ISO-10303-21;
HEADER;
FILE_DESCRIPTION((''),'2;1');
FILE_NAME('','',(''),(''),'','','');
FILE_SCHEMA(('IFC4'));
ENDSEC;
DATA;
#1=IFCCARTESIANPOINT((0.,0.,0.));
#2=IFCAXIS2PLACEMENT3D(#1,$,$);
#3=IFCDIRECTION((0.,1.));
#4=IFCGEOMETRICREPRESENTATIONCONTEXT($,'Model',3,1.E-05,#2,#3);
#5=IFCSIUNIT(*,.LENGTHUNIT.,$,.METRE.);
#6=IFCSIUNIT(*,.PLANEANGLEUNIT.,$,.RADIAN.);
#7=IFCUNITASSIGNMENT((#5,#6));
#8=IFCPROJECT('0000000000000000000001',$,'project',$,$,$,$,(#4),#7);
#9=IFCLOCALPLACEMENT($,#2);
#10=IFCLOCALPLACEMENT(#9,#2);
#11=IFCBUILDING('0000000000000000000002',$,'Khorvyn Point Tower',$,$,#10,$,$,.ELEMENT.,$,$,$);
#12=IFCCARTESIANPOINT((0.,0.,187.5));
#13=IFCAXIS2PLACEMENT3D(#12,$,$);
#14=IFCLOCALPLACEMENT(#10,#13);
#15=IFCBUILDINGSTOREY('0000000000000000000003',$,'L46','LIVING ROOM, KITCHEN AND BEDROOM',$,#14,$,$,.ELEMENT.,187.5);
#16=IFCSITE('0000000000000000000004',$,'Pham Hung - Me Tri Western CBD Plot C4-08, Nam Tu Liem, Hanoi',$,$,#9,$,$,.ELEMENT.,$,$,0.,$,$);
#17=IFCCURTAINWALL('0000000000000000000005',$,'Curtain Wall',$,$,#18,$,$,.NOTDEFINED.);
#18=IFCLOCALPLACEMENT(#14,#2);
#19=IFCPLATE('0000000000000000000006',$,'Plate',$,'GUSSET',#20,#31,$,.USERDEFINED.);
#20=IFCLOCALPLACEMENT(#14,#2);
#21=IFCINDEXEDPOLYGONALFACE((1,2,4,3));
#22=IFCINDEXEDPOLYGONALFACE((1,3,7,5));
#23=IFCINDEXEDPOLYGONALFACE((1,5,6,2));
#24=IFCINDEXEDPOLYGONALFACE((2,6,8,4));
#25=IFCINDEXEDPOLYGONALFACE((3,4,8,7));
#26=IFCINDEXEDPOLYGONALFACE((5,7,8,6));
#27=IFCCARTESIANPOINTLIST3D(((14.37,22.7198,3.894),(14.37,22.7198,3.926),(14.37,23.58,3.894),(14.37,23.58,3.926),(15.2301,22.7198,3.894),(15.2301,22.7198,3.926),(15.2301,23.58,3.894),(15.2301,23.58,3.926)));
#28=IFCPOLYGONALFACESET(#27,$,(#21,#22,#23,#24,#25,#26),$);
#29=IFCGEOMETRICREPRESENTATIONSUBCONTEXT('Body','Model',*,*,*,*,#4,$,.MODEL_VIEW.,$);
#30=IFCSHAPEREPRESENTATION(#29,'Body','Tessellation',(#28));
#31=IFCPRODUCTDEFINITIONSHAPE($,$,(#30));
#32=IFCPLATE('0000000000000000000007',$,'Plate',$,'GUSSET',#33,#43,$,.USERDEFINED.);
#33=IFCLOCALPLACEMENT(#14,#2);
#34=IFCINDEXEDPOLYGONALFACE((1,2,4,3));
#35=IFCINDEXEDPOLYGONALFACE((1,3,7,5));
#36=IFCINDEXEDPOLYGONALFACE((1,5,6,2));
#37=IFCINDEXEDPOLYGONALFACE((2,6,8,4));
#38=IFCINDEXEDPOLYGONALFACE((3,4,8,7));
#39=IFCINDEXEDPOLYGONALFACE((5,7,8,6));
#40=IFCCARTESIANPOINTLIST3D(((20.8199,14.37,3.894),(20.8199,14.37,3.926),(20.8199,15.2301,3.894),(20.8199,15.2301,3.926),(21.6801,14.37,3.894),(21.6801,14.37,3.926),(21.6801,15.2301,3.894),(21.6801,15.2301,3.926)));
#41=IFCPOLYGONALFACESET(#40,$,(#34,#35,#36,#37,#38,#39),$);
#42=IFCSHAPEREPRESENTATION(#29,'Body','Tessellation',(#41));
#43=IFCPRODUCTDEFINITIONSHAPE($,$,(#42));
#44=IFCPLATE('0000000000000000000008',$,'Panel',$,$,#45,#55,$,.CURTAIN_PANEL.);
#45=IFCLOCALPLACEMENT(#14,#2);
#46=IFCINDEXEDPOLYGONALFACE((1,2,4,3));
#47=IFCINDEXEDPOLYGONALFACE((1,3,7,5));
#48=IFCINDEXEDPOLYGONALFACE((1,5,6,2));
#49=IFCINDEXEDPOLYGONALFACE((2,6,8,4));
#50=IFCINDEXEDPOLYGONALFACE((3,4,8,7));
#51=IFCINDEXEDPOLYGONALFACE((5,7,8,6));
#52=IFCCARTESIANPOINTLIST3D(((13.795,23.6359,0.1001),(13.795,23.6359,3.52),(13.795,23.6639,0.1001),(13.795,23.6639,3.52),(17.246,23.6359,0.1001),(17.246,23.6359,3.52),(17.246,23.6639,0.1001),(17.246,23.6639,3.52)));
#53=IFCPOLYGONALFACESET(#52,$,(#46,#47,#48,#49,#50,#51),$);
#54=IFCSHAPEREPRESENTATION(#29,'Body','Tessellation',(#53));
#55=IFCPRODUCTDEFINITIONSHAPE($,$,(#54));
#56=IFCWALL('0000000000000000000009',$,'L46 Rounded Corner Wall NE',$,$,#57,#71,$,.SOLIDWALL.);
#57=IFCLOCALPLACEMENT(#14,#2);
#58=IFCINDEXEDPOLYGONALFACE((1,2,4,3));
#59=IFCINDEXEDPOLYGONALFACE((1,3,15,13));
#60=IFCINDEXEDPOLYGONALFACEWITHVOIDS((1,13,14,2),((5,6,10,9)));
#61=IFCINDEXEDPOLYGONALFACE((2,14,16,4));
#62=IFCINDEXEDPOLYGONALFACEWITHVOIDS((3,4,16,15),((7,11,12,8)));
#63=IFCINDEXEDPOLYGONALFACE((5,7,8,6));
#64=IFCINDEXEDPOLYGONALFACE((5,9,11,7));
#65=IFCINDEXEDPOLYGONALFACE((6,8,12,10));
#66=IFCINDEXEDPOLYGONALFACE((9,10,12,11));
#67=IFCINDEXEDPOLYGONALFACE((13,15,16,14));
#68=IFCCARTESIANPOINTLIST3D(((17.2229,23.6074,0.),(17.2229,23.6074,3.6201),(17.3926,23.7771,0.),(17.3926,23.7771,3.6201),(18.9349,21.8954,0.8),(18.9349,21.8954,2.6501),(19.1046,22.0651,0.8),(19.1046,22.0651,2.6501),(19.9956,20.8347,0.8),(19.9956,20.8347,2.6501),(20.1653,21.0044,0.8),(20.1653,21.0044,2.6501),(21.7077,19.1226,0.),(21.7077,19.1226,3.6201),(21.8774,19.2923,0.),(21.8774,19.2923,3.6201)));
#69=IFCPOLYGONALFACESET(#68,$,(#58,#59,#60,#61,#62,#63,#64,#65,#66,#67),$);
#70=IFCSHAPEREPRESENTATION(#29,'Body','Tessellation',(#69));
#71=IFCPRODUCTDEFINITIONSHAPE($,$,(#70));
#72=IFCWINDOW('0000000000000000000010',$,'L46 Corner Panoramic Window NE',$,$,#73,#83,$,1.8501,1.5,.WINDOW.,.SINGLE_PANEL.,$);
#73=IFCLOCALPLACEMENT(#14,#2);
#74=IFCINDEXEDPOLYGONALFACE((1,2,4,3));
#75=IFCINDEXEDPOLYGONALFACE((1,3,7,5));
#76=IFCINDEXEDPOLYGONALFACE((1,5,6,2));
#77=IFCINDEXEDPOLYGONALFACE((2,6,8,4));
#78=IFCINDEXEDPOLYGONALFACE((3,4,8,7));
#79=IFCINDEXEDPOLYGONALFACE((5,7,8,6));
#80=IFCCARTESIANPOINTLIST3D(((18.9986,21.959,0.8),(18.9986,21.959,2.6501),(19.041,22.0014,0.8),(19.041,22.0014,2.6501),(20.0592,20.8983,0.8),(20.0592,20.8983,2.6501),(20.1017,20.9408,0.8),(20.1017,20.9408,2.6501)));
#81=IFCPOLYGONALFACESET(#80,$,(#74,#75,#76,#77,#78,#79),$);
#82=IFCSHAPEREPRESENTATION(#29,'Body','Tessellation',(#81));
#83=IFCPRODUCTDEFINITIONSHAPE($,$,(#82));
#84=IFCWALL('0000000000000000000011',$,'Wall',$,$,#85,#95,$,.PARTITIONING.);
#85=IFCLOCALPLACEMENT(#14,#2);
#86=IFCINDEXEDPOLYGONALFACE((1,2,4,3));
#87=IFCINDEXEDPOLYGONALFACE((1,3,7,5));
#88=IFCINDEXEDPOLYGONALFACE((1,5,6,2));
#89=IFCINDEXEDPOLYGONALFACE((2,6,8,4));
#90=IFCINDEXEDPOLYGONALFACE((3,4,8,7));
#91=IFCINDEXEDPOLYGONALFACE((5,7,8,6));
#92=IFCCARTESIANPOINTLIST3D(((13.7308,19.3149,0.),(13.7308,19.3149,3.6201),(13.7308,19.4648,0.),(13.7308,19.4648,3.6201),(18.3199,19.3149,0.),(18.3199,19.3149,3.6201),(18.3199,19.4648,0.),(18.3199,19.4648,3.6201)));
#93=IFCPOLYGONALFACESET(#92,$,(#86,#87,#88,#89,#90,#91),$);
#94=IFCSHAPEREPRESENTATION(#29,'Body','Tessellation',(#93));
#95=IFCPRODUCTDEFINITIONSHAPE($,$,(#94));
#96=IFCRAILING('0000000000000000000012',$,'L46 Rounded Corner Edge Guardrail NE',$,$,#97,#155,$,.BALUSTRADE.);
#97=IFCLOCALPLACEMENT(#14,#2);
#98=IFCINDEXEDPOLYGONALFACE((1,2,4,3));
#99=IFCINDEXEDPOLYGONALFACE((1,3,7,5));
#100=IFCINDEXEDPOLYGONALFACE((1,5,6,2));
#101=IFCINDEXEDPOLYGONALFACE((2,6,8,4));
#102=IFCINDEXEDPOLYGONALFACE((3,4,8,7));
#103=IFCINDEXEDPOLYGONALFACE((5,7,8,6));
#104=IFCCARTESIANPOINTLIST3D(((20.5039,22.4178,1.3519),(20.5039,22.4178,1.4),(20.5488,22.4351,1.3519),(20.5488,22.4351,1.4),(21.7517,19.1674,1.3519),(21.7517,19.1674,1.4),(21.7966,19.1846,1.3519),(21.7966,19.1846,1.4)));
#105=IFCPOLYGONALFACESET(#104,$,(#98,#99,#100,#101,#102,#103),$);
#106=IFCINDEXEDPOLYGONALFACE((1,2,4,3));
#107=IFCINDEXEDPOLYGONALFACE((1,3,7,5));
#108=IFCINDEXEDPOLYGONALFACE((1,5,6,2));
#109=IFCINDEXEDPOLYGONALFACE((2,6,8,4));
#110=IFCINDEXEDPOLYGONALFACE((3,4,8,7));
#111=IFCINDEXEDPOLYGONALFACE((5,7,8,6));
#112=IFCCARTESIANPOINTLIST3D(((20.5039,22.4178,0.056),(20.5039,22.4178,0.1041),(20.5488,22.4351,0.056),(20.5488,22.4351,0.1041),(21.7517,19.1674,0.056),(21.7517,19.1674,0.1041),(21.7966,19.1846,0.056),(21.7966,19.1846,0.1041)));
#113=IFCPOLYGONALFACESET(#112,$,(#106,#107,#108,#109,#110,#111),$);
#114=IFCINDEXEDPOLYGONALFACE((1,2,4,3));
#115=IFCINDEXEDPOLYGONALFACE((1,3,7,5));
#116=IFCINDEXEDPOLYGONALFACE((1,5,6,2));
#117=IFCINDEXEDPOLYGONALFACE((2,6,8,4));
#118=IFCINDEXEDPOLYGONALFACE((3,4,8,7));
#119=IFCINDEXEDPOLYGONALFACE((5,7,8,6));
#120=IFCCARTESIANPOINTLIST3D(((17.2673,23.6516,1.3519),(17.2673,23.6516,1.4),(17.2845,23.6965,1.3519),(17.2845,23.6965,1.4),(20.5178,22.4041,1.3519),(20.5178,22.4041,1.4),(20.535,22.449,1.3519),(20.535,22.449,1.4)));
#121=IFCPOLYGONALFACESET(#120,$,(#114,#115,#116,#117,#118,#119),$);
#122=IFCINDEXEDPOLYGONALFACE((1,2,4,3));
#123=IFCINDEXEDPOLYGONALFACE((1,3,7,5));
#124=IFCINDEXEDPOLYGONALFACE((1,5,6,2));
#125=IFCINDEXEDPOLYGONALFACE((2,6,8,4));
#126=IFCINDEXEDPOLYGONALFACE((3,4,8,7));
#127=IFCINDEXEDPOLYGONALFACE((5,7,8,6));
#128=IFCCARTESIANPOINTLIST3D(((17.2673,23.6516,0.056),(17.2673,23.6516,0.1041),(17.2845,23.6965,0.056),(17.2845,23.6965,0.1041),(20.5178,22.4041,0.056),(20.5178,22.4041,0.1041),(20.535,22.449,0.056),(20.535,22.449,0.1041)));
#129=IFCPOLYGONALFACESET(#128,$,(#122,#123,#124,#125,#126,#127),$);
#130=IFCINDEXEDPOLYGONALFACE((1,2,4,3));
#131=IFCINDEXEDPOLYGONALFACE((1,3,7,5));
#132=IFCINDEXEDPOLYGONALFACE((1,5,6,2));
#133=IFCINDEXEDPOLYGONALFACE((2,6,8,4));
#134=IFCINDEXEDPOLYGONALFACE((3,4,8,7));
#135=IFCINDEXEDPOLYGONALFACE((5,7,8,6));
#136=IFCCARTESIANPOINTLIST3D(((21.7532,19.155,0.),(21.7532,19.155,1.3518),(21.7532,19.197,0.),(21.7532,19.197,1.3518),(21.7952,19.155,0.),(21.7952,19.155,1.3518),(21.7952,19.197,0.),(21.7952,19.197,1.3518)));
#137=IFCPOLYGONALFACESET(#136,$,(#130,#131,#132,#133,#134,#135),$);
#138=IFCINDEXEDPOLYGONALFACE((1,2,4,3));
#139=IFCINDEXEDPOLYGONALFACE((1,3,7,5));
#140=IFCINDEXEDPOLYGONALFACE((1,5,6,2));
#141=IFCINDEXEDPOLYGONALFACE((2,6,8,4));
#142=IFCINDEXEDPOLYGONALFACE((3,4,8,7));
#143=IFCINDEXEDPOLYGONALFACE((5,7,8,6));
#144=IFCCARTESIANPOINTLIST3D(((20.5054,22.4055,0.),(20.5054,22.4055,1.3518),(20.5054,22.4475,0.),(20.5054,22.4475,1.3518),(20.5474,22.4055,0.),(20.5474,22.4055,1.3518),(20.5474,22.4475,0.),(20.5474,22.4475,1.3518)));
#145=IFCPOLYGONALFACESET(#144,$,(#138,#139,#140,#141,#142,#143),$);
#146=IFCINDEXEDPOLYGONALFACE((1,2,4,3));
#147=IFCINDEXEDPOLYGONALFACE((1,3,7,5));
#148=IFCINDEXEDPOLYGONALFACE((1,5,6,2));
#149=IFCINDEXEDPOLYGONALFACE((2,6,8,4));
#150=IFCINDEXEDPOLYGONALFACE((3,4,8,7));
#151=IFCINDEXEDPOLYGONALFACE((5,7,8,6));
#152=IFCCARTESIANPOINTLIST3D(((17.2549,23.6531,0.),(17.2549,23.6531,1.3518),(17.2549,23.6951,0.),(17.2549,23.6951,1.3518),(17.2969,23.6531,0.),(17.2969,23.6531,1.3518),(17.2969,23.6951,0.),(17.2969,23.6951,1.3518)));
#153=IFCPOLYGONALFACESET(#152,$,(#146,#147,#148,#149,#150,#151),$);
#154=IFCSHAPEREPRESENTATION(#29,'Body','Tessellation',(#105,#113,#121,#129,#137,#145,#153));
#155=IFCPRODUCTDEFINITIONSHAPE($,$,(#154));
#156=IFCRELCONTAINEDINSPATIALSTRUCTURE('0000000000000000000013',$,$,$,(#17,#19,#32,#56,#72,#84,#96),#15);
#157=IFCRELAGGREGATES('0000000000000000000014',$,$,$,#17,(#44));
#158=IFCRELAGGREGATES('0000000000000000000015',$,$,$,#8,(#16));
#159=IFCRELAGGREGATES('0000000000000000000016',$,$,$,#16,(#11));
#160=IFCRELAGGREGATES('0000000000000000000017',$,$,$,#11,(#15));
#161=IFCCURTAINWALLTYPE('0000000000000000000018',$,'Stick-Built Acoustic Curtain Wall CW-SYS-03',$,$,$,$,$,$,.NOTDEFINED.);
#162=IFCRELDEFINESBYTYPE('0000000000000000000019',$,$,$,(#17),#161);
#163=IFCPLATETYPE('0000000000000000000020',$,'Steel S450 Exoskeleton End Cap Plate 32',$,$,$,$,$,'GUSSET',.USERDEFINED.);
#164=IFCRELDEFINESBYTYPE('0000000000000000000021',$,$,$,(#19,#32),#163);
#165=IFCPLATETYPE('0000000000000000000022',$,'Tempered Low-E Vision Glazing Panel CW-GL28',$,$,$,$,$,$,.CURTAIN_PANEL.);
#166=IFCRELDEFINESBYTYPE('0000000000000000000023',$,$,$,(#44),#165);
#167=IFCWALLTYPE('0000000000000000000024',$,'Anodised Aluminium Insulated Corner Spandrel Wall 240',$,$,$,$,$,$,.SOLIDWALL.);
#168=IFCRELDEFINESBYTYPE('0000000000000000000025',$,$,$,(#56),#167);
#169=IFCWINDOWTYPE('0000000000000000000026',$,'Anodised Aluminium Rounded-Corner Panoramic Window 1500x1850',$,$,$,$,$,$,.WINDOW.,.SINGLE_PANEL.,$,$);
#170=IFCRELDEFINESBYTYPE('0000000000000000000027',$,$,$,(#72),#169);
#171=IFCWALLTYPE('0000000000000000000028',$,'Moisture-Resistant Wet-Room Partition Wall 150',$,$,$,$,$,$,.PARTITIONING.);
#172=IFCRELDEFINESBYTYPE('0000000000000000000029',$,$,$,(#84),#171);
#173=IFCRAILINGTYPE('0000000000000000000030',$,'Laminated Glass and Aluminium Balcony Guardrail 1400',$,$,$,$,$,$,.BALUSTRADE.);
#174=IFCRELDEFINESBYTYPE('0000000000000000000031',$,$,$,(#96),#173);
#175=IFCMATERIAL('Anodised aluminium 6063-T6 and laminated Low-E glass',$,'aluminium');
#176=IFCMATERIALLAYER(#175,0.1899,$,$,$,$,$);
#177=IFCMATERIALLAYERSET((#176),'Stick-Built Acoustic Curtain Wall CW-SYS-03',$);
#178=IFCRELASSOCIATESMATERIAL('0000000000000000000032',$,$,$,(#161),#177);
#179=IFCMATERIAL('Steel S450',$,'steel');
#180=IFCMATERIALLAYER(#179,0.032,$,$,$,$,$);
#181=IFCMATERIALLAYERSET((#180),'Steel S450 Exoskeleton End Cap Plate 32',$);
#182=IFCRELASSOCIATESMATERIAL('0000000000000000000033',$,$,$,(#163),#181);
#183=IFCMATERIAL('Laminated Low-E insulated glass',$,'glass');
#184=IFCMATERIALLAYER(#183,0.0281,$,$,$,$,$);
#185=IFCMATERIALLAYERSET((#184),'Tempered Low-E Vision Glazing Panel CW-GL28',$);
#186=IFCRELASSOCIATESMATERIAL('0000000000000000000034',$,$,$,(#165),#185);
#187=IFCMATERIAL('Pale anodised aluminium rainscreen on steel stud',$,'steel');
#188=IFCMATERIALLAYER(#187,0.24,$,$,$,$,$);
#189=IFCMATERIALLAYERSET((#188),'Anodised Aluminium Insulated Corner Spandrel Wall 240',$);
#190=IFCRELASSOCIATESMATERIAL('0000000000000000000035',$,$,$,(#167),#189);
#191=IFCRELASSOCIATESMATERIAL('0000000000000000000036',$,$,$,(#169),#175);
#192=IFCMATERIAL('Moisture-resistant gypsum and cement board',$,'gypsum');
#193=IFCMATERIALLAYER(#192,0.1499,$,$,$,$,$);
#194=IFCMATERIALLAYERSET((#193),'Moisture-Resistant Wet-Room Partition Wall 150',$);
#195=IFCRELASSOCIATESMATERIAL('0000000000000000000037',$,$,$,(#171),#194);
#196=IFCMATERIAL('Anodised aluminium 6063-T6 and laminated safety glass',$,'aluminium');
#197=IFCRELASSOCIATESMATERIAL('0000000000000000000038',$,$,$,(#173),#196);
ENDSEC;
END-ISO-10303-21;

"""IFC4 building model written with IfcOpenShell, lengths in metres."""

from ifc_helpers import new_model, si_unit, direction, frame, frame_2d, origin, origin_2d, place, context, subcontext, project, spatial, rectangle, extrude, material, layer, layer_set, type_object, element, fill, aggregate, save


model = new_model("IFC4")

# Units and contexts
model_context = context("Model", 3, precision=1e-05, world=origin(), true_north=direction((0.0, 1.0)))
body_context = subcontext(model_context, "Body", "Model", "MODEL_VIEW")
ifc_project = project(units=[si_unit("LENGTHUNIT", "METRE"), si_unit("PLANEANGLEUNIT", "RADIAN")], contexts=[model_context])

# Site, building, storey
site_placement = place(None, origin())
site = spatial("IfcSite", under=ifc_project, at=site_placement, Name="Pham Hung - Me Tri Western CBD Plot C4-08, Nam Tu Liem, Hanoi", CompositionType="ELEMENT", RefElevation=0.0)
building_placement = place(site_placement, origin())
building = spatial("IfcBuilding", under=site, at=building_placement, Name="Khorvyn Point Tower", CompositionType="ELEMENT")
storey_placement = place(building_placement, frame((0.0, 0.0, 187.5)))
storey = spatial("IfcBuildingStorey", under=building, at=storey_placement, Name="L46", Description="LIVING ROOM, KITCHEN AND BEDROOM", CompositionType="ELEMENT", Elevation=187.5)

# Shared definitions
ifc_material_1 = material(Name="Steel S450", Category="steel")

# Curtain wall
ifc_material_2 = material(Name="Anodised aluminium 6063-T6 and laminated Low-E glass", Category="aluminium")
ifc_layer_1 = layer(ifc_material_2, 0.1899)
ifc_layer_set_1 = layer_set([ifc_layer_1], Name="Stick-Built Acoustic Curtain Wall CW-SYS-03")
curtain_wall_type = type_object("IfcCurtainWallType", Name="Stick-Built Acoustic Curtain Wall CW-SYS-03", PredefinedType="NOTDEFINED", material=ifc_layer_set_1)
curtain_wall_1_placement = place(storey_placement, origin())
curtain_wall_1 = element("IfcCurtainWall", 1, at=curtain_wall_1_placement, inside=storey, type_object=curtain_wall_type, Name="Curtain Wall", PredefinedType="NOTDEFINED")

# Plates
ifc_layer_2 = layer(ifc_material_1, 0.032)
ifc_layer_set_2 = layer_set([ifc_layer_2], Name="Steel S450 Exoskeleton End Cap Plate 32")
plate_type_1 = type_object("IfcPlateType", Name="Steel S450 Exoskeleton End Cap Plate 32", ElementType="GUSSET", PredefinedType="USERDEFINED", material=ifc_layer_set_2)
for number, where, z_axis, x_axis, name in (
    (2, (14.8, 23.1499, 3.894), (0.0, 0.0, 1.0), (1.0, 0.0, 0.0), "Plate"),
    (3, (21.25, 14.8, 3.894), (0.0, 0.0, 1.0), (1.0, 0.0, 0.0), "Plate"),
):
    element("IfcPlate", number, at=place(storey_placement, frame(where, z_axis=z_axis, x_axis=x_axis)), inside=storey, type_object=plate_type_1, Name=name, ObjectType="GUSSET", PredefinedType="USERDEFINED", context=body_context, shape_type="SweptSolid", body=[
        extrude(rectangle(XDim=0.8601, YDim=0.8601, at=origin_2d()), origin(), (0.0, 0.0, 1.0), 0.032),
    ])

# Plate
ifc_material_3 = material(Name="Laminated Low-E insulated glass", Category="glass")
ifc_layer_3 = layer(ifc_material_3, 0.0281)
ifc_layer_set_3 = layer_set([ifc_layer_3], Name="Tempered Low-E Vision Glazing Panel CW-GL28")
plate_type_2 = type_object("IfcPlateType", Name="Tempered Low-E Vision Glazing Panel CW-GL28", PredefinedType="CURTAIN_PANEL", material=ifc_layer_set_3)
plate_placement = place(storey_placement, frame((15.5205, 23.6499, 0.1001), z_axis=(0.0, 0.0, 1.0), x_axis=(1.0, 0.0, 0.0)))
plate = element("IfcPlate", 4, at=plate_placement, type_object=plate_type_2, Name="Panel", PredefinedType="CURTAIN_PANEL", context=body_context, shape_type="SweptSolid", body=[
    extrude(rectangle(XDim=3.4509, YDim=0.0281, at=origin_2d()), origin(), (0.0, 0.0, 1.0), 3.4199),
])
aggregate(curtain_wall_1, [plate])

# Wall, opening, window
ifc_material_4 = material(Name="Pale anodised aluminium rainscreen on steel stud", Category="steel")
ifc_layer_4 = layer(ifc_material_4, 0.24)
ifc_layer_set_4 = layer_set([ifc_layer_4], Name="Anodised Aluminium Insulated Corner Spandrel Wall 240")
wall_type_1 = type_object("IfcWallType", Name="Anodised Aluminium Insulated Corner Spandrel Wall 240", PredefinedType="SOLIDWALL", material=ifc_layer_set_4)
wall_1_placement = place(storey_placement, frame((17.3076, 23.6924, 0.0), z_axis=(0.0, 0.0, 1.0), x_axis=(0.707107, -0.707107, 0.0)))
wall_1 = element("IfcWall", 5, at=wall_1_placement, inside=storey, type_object=wall_type_1, Name="L46 Rounded Corner Wall NE", PredefinedType="SOLIDWALL", context=body_context, shape_type="SweptSolid", body=[
    extrude(rectangle(XDim=6.3425, YDim=0.24, at=frame_2d((3.1714, 0.0))), origin(), (0.0, 0.0, 1.0), 3.6201),
])
opening_placement = place(wall_1_placement, frame((2.4214, 0.0, 0.8)))
opening = element("IfcOpeningElement", 6, at=opening_placement, cuts=wall_1, PredefinedType="OPENING", context=body_context, shape_type="SweptSolid", body=[
    extrude(rectangle(XDim=1.5, YDim=1.8501, at=frame_2d((0.75, 0.925))), frame((0.0, 0.1299, 0.0), z_axis=(0.0, -1.0, 0.0), x_axis=(1.0, 0.0, 0.0)), (0.0, 0.0, 1.0), 0.26),
])
window_type = type_object("IfcWindowType", Name="Anodised Aluminium Rounded-Corner Panoramic Window 1500x1850", PartitioningType="SINGLE_PANEL", PredefinedType="WINDOW", material=ifc_material_2)
window_placement = place(opening_placement, origin())
window = element("IfcWindow", 7, at=window_placement, inside=storey, type_object=window_type, Name="L46 Corner Panoramic Window NE", OverallHeight=1.8501, OverallWidth=1.5, PartitioningType="SINGLE_PANEL", PredefinedType="WINDOW", context=body_context, shape_type="SweptSolid", body=[
    extrude(rectangle(XDim=1.5, YDim=1.8501, at=frame_2d((0.75, 0.925))), frame((0.0, 0.03, 0.0), z_axis=(0.0, -1.0, 0.0), x_axis=(1.0, 0.0, 0.0)), (0.0, 0.0, 1.0), 0.0601),
])
fill(opening, window)

# Wall
ifc_material_5 = material(Name="Moisture-resistant gypsum and cement board", Category="gypsum")
ifc_layer_5 = layer(ifc_material_5, 0.1499)
ifc_layer_set_5 = layer_set([ifc_layer_5], Name="Moisture-Resistant Wet-Room Partition Wall 150")
wall_type_2 = type_object("IfcWallType", Name="Moisture-Resistant Wet-Room Partition Wall 150", PredefinedType="PARTITIONING", material=ifc_layer_set_5)
wall_2_placement = place(storey_placement, frame((13.731, 19.3899, 0.0), z_axis=(0.0, 0.0, 1.0), x_axis=(1.0, 0.0, 0.0)))
element("IfcWall", 8, at=wall_2_placement, inside=storey, type_object=wall_type_2, Name="Wall", PredefinedType="PARTITIONING", context=body_context, shape_type="SweptSolid", body=[
    extrude(rectangle(XDim=4.5891, YDim=0.1499, at=frame_2d((2.2944, 0.0))), origin(), (0.0, 0.0, 1.0), 3.6201),
])

# Railing
ifc_material_6 = material(Name="Anodised aluminium 6063-T6 and laminated safety glass", Category="aluminium")
railing_type = type_object("IfcRailingType", Name="Laminated Glass and Aluminium Balcony Guardrail 1400", PredefinedType="BALUSTRADE", material=ifc_material_6)
railing_1_placement = place(storey_placement, frame((21.7742, 19.176, 0.0)))
element("IfcRailing", 9, at=railing_1_placement, inside=storey, type_object=railing_type, Name="L46 Rounded Corner Edge Guardrail NE", PredefinedType="BALUSTRADE", context=body_context, shape_type="SweptSolid", body=[
    extrude(rectangle(XDim=0.0481, YDim=0.0481, at=origin_2d()), frame((0.0, 0.0, 1.376), z_axis=(-0.358382, 0.933575, 0.0), x_axis=(-0.933575, -0.358382, 0.0)), (0.0, 0.0, 1.0), 3.4817),
    extrude(rectangle(XDim=0.0481, YDim=0.0481, at=origin_2d()), frame((0.0, 0.0, 0.0801), z_axis=(-0.358382, 0.933575, 0.0), x_axis=(-0.933575, -0.358382, 0.0)), (0.0, 0.0, 1.0), 3.4817),
    extrude(rectangle(XDim=0.0481, YDim=0.0481, at=origin_2d()), frame((-1.2478, 3.2505, 1.376), z_axis=(-0.933598, 0.358321, 0.0), x_axis=(-0.358321, -0.933598, 0.0)), (0.0, 0.0, 1.0), 3.4817),
    extrude(rectangle(XDim=0.0481, YDim=0.0481, at=origin_2d()), frame((-1.2478, 3.2505, 0.0801), z_axis=(-0.933598, 0.358321, 0.0), x_axis=(-0.358321, -0.933598, 0.0)), (0.0, 0.0, 1.0), 3.4817),
    extrude(rectangle(XDim=0.042, YDim=0.042, at=origin_2d()), origin(), (0.0, 0.0, 1.0), 1.3518),
    extrude(rectangle(XDim=0.042, YDim=0.042, at=origin_2d()), frame((-1.2478, 3.2505, 0.0)), (0.0, 0.0, 1.0), 1.3518),
    extrude(rectangle(XDim=0.042, YDim=0.042, at=origin_2d()), frame((-4.4983, 4.498, 0.0)), (0.0, 0.0, 1.0), 1.3518),
])

save(model, "model.ifc")
